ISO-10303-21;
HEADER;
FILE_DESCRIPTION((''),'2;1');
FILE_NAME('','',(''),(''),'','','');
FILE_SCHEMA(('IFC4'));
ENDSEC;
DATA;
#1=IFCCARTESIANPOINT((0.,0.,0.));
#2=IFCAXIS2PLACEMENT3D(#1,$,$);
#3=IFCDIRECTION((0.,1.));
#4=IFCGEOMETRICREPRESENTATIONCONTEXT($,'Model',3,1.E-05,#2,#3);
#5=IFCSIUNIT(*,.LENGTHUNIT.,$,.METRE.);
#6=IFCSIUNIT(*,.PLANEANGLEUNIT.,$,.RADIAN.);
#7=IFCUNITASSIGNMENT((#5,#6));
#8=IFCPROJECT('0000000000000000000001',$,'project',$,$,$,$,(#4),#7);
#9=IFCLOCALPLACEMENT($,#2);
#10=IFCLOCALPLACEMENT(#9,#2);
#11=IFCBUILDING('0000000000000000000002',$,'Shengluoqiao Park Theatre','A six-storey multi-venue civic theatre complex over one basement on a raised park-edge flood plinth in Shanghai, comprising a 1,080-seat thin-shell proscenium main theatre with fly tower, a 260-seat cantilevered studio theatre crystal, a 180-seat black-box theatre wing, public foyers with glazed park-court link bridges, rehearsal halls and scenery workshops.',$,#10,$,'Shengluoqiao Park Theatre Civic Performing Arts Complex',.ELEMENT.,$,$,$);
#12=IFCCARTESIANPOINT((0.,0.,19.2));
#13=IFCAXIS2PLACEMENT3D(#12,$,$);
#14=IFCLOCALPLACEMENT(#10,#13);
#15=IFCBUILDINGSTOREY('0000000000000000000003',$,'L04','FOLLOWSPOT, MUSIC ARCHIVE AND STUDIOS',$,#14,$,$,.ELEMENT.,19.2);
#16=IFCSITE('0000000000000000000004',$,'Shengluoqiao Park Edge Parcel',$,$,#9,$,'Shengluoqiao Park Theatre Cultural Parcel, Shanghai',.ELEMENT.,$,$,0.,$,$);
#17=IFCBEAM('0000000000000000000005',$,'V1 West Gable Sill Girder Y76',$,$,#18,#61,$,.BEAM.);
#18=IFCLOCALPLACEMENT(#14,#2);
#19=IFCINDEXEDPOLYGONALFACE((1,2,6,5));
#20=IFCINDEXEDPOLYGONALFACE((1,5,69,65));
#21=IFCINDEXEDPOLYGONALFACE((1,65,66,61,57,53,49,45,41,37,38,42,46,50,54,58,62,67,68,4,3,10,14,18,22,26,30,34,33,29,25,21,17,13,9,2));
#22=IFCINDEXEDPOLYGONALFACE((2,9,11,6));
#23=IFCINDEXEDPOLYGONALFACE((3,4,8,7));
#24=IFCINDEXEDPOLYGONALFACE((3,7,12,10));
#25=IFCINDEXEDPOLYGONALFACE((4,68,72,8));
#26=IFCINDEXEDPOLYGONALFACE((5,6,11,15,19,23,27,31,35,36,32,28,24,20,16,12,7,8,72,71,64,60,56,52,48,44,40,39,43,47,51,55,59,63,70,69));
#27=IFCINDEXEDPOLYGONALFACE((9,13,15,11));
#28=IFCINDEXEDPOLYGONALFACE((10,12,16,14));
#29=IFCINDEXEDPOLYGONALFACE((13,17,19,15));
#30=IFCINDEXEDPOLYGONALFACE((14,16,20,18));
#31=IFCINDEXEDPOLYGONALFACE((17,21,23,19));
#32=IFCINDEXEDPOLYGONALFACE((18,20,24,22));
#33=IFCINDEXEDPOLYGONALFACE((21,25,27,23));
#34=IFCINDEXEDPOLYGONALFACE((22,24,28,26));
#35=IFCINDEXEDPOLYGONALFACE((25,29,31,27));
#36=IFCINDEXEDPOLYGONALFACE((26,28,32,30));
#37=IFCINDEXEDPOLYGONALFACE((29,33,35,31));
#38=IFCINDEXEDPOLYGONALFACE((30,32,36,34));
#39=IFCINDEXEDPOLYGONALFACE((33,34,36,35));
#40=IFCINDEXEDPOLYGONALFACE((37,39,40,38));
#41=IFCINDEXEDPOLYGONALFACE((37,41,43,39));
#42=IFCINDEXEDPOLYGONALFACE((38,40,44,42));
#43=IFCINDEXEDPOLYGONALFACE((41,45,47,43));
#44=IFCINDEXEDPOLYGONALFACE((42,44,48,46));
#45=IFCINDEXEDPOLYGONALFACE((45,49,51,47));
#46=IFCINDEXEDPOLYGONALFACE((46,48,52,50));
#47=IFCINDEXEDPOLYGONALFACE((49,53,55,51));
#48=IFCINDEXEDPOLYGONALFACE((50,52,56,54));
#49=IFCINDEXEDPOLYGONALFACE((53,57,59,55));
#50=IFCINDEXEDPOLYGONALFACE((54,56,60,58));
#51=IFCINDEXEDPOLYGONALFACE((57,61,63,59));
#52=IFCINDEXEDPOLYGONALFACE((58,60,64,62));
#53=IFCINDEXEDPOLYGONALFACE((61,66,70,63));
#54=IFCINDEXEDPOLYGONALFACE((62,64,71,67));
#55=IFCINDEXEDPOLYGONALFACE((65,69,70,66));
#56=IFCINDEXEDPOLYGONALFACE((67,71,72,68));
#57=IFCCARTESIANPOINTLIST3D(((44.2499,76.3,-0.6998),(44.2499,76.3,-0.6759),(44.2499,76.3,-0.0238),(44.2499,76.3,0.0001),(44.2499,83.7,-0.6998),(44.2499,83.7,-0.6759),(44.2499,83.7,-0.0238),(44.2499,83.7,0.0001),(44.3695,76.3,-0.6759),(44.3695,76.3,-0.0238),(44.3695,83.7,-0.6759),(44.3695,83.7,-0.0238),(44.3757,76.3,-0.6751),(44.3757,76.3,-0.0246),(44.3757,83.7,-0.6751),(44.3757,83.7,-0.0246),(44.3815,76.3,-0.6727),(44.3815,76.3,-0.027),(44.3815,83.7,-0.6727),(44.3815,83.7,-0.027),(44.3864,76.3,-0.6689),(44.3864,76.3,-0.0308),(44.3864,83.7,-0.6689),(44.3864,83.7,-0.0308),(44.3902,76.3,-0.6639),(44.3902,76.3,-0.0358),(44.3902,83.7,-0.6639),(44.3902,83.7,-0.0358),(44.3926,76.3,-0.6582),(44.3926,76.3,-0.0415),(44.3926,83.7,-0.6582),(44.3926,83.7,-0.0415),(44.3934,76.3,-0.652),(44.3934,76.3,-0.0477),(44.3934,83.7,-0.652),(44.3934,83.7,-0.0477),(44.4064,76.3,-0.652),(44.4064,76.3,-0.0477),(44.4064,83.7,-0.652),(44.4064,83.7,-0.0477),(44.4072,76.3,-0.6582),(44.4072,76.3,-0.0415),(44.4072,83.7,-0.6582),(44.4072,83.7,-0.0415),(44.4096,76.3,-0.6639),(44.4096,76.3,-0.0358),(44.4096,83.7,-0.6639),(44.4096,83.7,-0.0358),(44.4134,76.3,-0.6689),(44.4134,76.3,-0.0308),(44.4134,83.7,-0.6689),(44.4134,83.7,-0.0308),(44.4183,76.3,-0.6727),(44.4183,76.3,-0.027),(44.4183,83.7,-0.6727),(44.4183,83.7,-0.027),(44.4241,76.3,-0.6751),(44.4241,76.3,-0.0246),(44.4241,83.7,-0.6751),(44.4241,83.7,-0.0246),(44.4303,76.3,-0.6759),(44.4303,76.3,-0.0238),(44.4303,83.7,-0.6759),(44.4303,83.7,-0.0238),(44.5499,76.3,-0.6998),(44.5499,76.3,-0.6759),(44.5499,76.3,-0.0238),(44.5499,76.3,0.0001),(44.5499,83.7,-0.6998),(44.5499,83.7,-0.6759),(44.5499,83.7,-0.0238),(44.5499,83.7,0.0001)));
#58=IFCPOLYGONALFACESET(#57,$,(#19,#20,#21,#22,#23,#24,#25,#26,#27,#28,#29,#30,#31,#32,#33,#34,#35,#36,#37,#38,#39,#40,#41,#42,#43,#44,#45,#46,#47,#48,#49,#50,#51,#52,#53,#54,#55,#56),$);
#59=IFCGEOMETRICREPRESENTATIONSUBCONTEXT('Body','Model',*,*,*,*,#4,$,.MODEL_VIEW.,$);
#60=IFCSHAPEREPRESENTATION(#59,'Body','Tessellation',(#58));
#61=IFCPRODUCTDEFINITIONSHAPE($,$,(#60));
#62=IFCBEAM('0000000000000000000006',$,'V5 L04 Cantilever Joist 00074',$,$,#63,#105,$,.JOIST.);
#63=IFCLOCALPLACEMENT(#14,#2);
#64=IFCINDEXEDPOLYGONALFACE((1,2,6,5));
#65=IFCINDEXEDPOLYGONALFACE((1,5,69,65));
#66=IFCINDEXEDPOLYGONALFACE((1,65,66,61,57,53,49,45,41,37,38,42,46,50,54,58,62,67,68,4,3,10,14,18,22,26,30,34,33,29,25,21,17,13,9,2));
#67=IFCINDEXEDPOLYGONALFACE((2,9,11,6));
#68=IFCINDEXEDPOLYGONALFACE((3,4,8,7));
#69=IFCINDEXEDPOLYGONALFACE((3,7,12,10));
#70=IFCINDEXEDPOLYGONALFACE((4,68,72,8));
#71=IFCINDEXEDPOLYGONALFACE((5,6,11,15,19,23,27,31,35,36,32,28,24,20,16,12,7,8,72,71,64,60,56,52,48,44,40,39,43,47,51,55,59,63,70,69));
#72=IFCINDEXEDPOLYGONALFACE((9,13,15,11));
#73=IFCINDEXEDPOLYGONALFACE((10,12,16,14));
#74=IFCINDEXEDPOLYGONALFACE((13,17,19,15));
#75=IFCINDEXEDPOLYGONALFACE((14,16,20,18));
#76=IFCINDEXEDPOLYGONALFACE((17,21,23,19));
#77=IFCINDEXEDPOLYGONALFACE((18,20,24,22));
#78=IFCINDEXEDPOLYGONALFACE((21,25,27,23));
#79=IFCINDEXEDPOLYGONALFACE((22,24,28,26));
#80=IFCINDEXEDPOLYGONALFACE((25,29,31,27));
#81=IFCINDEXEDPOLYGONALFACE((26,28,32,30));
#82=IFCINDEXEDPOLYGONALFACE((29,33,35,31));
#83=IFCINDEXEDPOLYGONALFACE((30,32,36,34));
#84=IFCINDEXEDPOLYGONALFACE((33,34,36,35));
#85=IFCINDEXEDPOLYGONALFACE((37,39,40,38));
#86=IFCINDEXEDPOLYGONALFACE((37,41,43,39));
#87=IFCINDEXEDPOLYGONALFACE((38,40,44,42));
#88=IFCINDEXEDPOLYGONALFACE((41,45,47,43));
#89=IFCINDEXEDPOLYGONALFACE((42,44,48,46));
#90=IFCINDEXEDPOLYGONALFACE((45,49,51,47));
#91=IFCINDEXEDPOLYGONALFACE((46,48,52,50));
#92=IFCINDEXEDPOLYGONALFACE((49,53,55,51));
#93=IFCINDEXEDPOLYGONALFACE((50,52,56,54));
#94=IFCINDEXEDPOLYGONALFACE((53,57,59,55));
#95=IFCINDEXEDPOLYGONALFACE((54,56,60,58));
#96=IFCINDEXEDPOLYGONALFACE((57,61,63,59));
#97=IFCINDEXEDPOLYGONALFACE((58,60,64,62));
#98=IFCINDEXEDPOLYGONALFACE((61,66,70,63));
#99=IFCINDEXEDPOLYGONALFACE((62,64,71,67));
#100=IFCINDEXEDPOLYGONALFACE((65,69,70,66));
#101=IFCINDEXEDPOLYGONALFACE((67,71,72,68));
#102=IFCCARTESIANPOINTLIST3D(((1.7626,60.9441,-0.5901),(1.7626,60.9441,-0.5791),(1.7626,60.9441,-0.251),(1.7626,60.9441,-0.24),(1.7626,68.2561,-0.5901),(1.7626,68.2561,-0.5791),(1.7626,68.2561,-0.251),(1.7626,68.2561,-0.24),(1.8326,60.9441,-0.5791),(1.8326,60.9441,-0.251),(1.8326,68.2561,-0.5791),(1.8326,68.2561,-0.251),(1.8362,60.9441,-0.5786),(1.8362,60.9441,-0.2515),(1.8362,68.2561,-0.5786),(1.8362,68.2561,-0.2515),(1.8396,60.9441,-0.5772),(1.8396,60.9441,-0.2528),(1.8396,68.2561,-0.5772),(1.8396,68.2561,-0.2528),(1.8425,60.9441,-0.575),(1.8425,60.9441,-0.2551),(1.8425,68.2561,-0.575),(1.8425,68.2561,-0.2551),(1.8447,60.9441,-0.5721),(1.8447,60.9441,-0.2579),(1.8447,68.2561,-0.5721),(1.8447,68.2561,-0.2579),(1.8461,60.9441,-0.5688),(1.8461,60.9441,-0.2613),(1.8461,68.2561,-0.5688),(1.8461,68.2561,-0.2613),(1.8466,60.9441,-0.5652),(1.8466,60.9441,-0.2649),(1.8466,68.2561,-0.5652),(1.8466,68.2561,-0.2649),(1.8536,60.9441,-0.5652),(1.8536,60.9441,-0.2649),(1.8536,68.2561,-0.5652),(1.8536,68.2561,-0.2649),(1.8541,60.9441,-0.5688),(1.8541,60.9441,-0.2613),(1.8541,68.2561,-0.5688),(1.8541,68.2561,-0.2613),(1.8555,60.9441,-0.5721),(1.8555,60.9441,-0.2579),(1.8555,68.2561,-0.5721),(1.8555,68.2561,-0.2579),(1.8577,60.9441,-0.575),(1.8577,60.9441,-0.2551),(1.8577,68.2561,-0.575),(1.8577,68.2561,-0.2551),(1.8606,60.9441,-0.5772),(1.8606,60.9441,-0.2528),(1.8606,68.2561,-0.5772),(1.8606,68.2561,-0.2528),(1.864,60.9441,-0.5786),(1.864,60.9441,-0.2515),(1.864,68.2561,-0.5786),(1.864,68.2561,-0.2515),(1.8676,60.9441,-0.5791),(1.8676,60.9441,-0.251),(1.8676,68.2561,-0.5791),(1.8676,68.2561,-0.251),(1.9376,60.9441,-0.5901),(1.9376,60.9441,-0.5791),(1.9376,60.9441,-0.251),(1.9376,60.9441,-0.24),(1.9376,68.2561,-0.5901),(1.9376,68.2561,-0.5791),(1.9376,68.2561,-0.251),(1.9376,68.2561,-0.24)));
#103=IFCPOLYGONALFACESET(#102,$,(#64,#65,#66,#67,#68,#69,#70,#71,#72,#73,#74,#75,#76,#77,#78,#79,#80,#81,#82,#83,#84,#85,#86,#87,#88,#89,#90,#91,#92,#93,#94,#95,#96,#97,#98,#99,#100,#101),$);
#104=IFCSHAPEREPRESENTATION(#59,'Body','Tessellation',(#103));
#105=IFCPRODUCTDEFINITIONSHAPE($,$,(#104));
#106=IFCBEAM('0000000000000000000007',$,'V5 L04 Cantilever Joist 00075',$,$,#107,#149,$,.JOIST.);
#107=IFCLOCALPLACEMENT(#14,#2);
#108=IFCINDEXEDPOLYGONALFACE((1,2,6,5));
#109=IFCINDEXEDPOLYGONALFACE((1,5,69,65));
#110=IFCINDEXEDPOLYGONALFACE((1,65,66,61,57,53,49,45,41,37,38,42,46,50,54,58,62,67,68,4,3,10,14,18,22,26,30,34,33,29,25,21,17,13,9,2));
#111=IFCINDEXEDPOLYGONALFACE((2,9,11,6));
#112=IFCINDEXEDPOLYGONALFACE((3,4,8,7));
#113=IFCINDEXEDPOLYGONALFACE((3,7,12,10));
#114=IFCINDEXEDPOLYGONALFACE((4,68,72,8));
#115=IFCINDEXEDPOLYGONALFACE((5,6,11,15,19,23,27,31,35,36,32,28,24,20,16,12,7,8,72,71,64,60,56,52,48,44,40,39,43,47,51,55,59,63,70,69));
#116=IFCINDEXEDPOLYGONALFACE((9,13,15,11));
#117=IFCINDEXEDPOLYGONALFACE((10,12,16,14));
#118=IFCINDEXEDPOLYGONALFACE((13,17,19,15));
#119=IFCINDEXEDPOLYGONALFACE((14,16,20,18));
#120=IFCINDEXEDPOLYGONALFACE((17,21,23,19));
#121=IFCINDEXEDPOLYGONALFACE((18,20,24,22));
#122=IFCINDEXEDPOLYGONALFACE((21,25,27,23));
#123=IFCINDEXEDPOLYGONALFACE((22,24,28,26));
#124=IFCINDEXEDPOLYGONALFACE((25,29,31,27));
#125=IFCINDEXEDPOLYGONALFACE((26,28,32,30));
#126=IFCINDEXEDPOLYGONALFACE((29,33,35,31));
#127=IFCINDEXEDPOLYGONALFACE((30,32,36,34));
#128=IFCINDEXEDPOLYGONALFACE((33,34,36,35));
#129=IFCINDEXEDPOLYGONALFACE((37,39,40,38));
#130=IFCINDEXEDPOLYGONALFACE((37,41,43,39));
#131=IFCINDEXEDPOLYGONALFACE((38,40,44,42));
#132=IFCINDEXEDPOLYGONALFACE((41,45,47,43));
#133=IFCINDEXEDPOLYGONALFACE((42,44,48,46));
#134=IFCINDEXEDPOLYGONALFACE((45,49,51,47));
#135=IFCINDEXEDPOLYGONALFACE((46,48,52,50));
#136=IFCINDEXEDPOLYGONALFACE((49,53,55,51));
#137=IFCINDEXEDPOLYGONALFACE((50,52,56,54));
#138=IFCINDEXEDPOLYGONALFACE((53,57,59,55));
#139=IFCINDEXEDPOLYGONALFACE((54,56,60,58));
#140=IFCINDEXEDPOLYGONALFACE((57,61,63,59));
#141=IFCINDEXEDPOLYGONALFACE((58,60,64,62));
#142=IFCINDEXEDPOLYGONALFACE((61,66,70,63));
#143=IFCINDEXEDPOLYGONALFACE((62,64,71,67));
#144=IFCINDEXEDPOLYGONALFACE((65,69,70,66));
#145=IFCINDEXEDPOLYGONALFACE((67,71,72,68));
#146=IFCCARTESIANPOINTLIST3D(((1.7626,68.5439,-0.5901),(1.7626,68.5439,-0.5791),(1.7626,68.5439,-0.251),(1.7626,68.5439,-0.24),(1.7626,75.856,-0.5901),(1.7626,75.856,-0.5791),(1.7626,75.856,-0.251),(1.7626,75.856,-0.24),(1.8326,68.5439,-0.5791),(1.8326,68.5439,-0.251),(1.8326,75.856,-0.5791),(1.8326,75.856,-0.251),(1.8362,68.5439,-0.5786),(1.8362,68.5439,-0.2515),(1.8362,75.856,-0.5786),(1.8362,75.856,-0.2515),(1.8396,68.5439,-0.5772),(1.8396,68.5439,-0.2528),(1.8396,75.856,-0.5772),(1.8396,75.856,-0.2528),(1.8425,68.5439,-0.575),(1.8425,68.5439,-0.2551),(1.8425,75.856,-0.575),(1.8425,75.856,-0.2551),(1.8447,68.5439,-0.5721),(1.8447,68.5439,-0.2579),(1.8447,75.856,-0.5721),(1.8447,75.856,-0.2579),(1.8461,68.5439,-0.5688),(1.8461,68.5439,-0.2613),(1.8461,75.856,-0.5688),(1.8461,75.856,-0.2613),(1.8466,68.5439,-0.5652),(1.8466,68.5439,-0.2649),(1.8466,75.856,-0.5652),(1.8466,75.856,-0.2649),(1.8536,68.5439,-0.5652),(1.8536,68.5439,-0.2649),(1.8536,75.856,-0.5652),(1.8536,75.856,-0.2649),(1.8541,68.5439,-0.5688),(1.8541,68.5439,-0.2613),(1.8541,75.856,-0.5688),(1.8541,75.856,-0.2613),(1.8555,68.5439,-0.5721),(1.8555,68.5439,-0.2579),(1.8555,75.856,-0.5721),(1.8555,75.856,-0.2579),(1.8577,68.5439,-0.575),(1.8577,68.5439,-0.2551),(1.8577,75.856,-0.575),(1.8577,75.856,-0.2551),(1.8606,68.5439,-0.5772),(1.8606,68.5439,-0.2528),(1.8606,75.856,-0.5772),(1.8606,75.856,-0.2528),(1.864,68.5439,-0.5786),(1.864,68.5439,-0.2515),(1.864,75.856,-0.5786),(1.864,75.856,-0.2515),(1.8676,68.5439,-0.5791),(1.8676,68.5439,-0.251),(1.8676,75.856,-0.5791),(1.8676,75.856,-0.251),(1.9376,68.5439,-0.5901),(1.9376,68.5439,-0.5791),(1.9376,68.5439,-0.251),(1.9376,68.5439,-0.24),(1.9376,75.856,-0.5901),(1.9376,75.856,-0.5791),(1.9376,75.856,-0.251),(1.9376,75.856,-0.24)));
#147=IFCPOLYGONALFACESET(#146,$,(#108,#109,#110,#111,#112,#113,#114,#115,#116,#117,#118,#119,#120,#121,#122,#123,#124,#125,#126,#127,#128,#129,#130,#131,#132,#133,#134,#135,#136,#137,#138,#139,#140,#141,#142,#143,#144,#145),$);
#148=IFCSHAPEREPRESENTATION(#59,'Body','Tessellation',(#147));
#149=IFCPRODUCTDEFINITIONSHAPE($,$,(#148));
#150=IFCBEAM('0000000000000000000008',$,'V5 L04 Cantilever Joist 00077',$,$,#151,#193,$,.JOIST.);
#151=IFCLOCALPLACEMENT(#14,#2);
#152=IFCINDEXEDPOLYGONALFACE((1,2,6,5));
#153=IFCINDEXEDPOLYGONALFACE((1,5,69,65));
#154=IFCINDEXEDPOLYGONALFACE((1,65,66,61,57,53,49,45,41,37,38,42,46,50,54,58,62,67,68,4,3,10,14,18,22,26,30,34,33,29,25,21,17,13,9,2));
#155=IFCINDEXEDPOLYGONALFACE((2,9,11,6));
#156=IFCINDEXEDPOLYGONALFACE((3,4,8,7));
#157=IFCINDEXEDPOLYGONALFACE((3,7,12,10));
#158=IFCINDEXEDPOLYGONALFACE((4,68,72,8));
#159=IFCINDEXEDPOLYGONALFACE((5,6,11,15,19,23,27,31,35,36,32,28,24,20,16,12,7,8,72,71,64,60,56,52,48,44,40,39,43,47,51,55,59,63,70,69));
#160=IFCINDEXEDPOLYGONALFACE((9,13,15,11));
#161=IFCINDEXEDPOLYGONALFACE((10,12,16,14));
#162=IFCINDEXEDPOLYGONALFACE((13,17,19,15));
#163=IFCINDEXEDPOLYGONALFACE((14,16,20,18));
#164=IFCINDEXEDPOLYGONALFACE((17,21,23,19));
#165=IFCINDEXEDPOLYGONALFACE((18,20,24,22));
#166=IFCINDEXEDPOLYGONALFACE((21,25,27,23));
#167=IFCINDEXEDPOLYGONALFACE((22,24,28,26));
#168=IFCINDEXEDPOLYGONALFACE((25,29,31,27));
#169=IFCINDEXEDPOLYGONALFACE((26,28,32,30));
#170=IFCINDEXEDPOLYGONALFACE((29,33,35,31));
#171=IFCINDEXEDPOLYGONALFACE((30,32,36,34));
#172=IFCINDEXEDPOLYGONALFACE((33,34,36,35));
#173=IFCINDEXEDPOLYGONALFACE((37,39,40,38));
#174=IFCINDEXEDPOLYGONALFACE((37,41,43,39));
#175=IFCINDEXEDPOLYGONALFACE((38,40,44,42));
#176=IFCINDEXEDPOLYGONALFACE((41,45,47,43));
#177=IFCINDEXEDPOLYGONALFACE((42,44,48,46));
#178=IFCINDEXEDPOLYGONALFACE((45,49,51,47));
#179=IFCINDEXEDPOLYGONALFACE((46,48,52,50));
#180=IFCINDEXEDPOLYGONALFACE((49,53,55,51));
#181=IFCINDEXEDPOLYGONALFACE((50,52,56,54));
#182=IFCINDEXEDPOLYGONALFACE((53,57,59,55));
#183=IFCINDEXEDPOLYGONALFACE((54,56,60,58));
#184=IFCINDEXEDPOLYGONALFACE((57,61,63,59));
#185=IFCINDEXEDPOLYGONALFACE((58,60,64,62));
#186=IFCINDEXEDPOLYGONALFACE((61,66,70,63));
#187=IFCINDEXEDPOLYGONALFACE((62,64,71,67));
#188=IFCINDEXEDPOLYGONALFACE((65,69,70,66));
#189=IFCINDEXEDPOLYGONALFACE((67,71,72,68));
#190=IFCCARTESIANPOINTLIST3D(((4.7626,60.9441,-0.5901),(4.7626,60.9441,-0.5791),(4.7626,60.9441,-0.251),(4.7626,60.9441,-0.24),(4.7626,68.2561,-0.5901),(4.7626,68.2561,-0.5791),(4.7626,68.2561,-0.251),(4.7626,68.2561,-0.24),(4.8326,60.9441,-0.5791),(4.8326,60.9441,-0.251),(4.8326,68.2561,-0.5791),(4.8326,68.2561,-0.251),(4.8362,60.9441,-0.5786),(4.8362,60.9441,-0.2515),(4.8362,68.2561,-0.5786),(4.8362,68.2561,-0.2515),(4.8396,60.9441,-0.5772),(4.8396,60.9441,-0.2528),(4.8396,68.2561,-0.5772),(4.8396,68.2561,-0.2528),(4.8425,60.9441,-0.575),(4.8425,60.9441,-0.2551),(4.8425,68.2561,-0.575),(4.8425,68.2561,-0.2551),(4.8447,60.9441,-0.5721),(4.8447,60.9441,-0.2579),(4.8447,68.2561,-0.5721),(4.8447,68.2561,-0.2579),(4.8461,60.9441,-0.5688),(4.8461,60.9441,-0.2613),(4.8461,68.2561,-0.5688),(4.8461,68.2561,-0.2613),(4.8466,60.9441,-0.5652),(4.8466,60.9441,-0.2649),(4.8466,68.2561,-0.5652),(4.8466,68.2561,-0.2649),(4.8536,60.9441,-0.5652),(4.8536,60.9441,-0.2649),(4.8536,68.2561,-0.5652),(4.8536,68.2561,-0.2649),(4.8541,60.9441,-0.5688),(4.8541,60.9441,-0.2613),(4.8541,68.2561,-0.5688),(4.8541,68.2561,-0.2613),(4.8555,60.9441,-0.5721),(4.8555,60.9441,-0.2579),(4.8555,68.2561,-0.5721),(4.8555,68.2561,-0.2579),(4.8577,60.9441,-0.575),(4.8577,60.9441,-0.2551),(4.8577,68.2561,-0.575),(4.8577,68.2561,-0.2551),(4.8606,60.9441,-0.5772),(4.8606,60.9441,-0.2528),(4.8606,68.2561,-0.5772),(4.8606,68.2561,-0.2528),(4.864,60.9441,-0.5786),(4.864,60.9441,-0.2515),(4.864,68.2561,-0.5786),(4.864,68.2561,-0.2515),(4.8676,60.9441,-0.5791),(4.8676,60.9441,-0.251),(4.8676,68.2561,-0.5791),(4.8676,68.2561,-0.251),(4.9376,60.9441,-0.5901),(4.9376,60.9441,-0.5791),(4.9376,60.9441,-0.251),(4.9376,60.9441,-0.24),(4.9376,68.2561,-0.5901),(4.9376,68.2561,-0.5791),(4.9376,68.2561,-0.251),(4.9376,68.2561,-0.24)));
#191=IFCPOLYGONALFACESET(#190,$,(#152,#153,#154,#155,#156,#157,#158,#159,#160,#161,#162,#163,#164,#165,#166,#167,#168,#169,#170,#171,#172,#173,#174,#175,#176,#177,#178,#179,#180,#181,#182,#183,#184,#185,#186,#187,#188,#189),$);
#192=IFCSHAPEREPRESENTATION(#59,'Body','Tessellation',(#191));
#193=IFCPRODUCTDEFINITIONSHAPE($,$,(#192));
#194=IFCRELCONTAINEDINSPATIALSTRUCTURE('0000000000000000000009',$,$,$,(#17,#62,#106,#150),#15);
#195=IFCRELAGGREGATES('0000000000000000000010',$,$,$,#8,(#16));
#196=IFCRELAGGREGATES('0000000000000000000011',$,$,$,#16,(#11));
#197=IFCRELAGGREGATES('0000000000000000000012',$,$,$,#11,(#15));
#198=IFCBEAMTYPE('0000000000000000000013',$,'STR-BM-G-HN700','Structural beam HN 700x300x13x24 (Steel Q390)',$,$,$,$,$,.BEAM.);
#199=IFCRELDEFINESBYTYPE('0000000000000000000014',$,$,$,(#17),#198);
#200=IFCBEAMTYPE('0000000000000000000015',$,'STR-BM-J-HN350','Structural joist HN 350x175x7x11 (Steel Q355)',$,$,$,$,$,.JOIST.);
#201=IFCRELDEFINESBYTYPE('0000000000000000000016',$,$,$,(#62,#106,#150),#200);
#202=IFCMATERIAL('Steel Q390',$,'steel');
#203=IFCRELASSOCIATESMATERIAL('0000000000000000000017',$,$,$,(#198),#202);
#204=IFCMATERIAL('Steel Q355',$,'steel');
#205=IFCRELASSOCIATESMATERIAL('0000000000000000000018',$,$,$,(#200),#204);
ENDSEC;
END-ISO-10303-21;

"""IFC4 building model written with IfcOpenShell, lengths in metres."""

from ifc_helpers import new_model, si_unit, direction, frame, origin, origin_2d, place, context, subcontext, project, spatial, i_section, extrude, material, material_profile, profile_set, type_object, element, save


model = new_model("IFC4")

# Units and contexts
model_context = context("Model", 3, precision=1e-05, world=origin(), true_north=direction((0.0, 1.0)))
body_context = subcontext(model_context, "Body", "Model", "MODEL_VIEW")
ifc_project = project(units=[si_unit("LENGTHUNIT", "METRE"), si_unit("PLANEANGLEUNIT", "RADIAN")], contexts=[model_context])

# Site, building, storey
site_placement = place(None, origin())
site = spatial("IfcSite", under=ifc_project, at=site_placement, Name="Shengluoqiao Park Edge Parcel", LongName="Shengluoqiao Park Theatre Cultural Parcel, Shanghai", CompositionType="ELEMENT", RefElevation=0.0)
building_placement = place(site_placement, origin())
building = spatial("IfcBuilding", under=site, at=building_placement, Name="Shengluoqiao Park Theatre", Description="A six-storey multi-venue civic theatre complex over one basement on a raised park-edge flood plinth in Shanghai, comprising a 1,080-seat thin-shell proscenium main theatre with fly tower, a 260-seat cantilevered studio theatre crystal, a 180-seat black-box theatre wing, public foyers with glazed park-court link bridges, rehearsal halls and scenery workshops.", LongName="Shengluoqiao Park Theatre Civic Performing Arts Complex", CompositionType="ELEMENT")
storey_placement = place(building_placement, frame((0.0, 0.0, 19.2)))
storey = spatial("IfcBuildingStorey", under=building, at=storey_placement, Name="L04", Description="FOLLOWSPOT, MUSIC ARCHIVE AND STUDIOS", CompositionType="ELEMENT", Elevation=19.2)

# Beams
ifc_material_1 = material(Name="Steel Q355", Category="steel")
ifc_material_2 = material(Name="Steel Q390", Category="steel")
ifc_material_profile_1 = material_profile(ifc_material_2, i_section(OverallWidth=0.3, OverallDepth=0.7, WebThickness=0.0129, FlangeThickness=0.0239, FilletRadius=0.0239, at=origin_2d()), Name="HN 700x300x13x24")
ifc_profile_set_1 = profile_set([ifc_material_profile_1], Name="Steel Q390")
beam_type_1 = type_object("IfcBeamType", Name="STR-BM-G-HN700", Description="Structural beam HN 700x300x13x24 (Steel Q390)", PredefinedType="BEAM", material=ifc_profile_set_1)
beam_1_placement = place(storey_placement, frame((44.3999, 76.3, -0.3499), z_axis=(0.0, 1.0, 0.0), x_axis=(-1.0, 0.0, 0.0)))
element("IfcBeam", 1, at=beam_1_placement, inside=storey, type_object=beam_type_1, Name="V1 West Gable Sill Girder Y76", PredefinedType="BEAM", context=body_context, shape_type="SweptSolid", body=[
    extrude(i_section(OverallWidth=0.3, OverallDepth=0.7, WebThickness=0.0129, FlangeThickness=0.0239, FilletRadius=0.0239, at=origin_2d()), origin(), (0.0, 0.0, 1.0), 7.3999),
])
ifc_material_profile_2 = material_profile(ifc_material_1, i_section(OverallWidth=0.175, OverallDepth=0.3501, WebThickness=0.0071, FlangeThickness=0.011, FilletRadius=0.0139, at=origin_2d()), Name="HN 350x175x7x11")
ifc_profile_set_2 = profile_set([ifc_material_profile_2], Name="Steel Q355")
beam_type_2 = type_object("IfcBeamType", Name="STR-BM-J-HN350", Description="Structural joist HN 350x175x7x11 (Steel Q355)", PredefinedType="JOIST", material=ifc_profile_set_2)
for number, where, z_axis, x_axis, name in (
    (2, (1.8501, 60.9441, -0.415), (0.0, 1.0, 0.0), (-1.0, 0.0, 0.0), "V5 L04 Cantilever Joist 00074"),
    (3, (1.8501, 68.5439, -0.415), (0.0, 1.0, 0.0), (-1.0, 0.0, 0.0), "V5 L04 Cantilever Joist 00075"),
    (4, (4.8501, 60.9441, -0.415), (0.0, 1.0, 0.0), (-1.0, 0.0, 0.0), "V5 L04 Cantilever Joist 00077"),
):
    element("IfcBeam", number, at=place(storey_placement, frame(where, z_axis=z_axis, x_axis=x_axis)), inside=storey, type_object=beam_type_2, Name=name, PredefinedType="JOIST", context=body_context, shape_type="SweptSolid", body=[
        extrude(i_section(OverallWidth=0.175, OverallDepth=0.3501, WebThickness=0.0071, FlangeThickness=0.011, FilletRadius=0.0139, at=origin_2d()), origin(), (0.0, 0.0, 1.0), 7.312),
    ])

save(model, "model.ifc")
